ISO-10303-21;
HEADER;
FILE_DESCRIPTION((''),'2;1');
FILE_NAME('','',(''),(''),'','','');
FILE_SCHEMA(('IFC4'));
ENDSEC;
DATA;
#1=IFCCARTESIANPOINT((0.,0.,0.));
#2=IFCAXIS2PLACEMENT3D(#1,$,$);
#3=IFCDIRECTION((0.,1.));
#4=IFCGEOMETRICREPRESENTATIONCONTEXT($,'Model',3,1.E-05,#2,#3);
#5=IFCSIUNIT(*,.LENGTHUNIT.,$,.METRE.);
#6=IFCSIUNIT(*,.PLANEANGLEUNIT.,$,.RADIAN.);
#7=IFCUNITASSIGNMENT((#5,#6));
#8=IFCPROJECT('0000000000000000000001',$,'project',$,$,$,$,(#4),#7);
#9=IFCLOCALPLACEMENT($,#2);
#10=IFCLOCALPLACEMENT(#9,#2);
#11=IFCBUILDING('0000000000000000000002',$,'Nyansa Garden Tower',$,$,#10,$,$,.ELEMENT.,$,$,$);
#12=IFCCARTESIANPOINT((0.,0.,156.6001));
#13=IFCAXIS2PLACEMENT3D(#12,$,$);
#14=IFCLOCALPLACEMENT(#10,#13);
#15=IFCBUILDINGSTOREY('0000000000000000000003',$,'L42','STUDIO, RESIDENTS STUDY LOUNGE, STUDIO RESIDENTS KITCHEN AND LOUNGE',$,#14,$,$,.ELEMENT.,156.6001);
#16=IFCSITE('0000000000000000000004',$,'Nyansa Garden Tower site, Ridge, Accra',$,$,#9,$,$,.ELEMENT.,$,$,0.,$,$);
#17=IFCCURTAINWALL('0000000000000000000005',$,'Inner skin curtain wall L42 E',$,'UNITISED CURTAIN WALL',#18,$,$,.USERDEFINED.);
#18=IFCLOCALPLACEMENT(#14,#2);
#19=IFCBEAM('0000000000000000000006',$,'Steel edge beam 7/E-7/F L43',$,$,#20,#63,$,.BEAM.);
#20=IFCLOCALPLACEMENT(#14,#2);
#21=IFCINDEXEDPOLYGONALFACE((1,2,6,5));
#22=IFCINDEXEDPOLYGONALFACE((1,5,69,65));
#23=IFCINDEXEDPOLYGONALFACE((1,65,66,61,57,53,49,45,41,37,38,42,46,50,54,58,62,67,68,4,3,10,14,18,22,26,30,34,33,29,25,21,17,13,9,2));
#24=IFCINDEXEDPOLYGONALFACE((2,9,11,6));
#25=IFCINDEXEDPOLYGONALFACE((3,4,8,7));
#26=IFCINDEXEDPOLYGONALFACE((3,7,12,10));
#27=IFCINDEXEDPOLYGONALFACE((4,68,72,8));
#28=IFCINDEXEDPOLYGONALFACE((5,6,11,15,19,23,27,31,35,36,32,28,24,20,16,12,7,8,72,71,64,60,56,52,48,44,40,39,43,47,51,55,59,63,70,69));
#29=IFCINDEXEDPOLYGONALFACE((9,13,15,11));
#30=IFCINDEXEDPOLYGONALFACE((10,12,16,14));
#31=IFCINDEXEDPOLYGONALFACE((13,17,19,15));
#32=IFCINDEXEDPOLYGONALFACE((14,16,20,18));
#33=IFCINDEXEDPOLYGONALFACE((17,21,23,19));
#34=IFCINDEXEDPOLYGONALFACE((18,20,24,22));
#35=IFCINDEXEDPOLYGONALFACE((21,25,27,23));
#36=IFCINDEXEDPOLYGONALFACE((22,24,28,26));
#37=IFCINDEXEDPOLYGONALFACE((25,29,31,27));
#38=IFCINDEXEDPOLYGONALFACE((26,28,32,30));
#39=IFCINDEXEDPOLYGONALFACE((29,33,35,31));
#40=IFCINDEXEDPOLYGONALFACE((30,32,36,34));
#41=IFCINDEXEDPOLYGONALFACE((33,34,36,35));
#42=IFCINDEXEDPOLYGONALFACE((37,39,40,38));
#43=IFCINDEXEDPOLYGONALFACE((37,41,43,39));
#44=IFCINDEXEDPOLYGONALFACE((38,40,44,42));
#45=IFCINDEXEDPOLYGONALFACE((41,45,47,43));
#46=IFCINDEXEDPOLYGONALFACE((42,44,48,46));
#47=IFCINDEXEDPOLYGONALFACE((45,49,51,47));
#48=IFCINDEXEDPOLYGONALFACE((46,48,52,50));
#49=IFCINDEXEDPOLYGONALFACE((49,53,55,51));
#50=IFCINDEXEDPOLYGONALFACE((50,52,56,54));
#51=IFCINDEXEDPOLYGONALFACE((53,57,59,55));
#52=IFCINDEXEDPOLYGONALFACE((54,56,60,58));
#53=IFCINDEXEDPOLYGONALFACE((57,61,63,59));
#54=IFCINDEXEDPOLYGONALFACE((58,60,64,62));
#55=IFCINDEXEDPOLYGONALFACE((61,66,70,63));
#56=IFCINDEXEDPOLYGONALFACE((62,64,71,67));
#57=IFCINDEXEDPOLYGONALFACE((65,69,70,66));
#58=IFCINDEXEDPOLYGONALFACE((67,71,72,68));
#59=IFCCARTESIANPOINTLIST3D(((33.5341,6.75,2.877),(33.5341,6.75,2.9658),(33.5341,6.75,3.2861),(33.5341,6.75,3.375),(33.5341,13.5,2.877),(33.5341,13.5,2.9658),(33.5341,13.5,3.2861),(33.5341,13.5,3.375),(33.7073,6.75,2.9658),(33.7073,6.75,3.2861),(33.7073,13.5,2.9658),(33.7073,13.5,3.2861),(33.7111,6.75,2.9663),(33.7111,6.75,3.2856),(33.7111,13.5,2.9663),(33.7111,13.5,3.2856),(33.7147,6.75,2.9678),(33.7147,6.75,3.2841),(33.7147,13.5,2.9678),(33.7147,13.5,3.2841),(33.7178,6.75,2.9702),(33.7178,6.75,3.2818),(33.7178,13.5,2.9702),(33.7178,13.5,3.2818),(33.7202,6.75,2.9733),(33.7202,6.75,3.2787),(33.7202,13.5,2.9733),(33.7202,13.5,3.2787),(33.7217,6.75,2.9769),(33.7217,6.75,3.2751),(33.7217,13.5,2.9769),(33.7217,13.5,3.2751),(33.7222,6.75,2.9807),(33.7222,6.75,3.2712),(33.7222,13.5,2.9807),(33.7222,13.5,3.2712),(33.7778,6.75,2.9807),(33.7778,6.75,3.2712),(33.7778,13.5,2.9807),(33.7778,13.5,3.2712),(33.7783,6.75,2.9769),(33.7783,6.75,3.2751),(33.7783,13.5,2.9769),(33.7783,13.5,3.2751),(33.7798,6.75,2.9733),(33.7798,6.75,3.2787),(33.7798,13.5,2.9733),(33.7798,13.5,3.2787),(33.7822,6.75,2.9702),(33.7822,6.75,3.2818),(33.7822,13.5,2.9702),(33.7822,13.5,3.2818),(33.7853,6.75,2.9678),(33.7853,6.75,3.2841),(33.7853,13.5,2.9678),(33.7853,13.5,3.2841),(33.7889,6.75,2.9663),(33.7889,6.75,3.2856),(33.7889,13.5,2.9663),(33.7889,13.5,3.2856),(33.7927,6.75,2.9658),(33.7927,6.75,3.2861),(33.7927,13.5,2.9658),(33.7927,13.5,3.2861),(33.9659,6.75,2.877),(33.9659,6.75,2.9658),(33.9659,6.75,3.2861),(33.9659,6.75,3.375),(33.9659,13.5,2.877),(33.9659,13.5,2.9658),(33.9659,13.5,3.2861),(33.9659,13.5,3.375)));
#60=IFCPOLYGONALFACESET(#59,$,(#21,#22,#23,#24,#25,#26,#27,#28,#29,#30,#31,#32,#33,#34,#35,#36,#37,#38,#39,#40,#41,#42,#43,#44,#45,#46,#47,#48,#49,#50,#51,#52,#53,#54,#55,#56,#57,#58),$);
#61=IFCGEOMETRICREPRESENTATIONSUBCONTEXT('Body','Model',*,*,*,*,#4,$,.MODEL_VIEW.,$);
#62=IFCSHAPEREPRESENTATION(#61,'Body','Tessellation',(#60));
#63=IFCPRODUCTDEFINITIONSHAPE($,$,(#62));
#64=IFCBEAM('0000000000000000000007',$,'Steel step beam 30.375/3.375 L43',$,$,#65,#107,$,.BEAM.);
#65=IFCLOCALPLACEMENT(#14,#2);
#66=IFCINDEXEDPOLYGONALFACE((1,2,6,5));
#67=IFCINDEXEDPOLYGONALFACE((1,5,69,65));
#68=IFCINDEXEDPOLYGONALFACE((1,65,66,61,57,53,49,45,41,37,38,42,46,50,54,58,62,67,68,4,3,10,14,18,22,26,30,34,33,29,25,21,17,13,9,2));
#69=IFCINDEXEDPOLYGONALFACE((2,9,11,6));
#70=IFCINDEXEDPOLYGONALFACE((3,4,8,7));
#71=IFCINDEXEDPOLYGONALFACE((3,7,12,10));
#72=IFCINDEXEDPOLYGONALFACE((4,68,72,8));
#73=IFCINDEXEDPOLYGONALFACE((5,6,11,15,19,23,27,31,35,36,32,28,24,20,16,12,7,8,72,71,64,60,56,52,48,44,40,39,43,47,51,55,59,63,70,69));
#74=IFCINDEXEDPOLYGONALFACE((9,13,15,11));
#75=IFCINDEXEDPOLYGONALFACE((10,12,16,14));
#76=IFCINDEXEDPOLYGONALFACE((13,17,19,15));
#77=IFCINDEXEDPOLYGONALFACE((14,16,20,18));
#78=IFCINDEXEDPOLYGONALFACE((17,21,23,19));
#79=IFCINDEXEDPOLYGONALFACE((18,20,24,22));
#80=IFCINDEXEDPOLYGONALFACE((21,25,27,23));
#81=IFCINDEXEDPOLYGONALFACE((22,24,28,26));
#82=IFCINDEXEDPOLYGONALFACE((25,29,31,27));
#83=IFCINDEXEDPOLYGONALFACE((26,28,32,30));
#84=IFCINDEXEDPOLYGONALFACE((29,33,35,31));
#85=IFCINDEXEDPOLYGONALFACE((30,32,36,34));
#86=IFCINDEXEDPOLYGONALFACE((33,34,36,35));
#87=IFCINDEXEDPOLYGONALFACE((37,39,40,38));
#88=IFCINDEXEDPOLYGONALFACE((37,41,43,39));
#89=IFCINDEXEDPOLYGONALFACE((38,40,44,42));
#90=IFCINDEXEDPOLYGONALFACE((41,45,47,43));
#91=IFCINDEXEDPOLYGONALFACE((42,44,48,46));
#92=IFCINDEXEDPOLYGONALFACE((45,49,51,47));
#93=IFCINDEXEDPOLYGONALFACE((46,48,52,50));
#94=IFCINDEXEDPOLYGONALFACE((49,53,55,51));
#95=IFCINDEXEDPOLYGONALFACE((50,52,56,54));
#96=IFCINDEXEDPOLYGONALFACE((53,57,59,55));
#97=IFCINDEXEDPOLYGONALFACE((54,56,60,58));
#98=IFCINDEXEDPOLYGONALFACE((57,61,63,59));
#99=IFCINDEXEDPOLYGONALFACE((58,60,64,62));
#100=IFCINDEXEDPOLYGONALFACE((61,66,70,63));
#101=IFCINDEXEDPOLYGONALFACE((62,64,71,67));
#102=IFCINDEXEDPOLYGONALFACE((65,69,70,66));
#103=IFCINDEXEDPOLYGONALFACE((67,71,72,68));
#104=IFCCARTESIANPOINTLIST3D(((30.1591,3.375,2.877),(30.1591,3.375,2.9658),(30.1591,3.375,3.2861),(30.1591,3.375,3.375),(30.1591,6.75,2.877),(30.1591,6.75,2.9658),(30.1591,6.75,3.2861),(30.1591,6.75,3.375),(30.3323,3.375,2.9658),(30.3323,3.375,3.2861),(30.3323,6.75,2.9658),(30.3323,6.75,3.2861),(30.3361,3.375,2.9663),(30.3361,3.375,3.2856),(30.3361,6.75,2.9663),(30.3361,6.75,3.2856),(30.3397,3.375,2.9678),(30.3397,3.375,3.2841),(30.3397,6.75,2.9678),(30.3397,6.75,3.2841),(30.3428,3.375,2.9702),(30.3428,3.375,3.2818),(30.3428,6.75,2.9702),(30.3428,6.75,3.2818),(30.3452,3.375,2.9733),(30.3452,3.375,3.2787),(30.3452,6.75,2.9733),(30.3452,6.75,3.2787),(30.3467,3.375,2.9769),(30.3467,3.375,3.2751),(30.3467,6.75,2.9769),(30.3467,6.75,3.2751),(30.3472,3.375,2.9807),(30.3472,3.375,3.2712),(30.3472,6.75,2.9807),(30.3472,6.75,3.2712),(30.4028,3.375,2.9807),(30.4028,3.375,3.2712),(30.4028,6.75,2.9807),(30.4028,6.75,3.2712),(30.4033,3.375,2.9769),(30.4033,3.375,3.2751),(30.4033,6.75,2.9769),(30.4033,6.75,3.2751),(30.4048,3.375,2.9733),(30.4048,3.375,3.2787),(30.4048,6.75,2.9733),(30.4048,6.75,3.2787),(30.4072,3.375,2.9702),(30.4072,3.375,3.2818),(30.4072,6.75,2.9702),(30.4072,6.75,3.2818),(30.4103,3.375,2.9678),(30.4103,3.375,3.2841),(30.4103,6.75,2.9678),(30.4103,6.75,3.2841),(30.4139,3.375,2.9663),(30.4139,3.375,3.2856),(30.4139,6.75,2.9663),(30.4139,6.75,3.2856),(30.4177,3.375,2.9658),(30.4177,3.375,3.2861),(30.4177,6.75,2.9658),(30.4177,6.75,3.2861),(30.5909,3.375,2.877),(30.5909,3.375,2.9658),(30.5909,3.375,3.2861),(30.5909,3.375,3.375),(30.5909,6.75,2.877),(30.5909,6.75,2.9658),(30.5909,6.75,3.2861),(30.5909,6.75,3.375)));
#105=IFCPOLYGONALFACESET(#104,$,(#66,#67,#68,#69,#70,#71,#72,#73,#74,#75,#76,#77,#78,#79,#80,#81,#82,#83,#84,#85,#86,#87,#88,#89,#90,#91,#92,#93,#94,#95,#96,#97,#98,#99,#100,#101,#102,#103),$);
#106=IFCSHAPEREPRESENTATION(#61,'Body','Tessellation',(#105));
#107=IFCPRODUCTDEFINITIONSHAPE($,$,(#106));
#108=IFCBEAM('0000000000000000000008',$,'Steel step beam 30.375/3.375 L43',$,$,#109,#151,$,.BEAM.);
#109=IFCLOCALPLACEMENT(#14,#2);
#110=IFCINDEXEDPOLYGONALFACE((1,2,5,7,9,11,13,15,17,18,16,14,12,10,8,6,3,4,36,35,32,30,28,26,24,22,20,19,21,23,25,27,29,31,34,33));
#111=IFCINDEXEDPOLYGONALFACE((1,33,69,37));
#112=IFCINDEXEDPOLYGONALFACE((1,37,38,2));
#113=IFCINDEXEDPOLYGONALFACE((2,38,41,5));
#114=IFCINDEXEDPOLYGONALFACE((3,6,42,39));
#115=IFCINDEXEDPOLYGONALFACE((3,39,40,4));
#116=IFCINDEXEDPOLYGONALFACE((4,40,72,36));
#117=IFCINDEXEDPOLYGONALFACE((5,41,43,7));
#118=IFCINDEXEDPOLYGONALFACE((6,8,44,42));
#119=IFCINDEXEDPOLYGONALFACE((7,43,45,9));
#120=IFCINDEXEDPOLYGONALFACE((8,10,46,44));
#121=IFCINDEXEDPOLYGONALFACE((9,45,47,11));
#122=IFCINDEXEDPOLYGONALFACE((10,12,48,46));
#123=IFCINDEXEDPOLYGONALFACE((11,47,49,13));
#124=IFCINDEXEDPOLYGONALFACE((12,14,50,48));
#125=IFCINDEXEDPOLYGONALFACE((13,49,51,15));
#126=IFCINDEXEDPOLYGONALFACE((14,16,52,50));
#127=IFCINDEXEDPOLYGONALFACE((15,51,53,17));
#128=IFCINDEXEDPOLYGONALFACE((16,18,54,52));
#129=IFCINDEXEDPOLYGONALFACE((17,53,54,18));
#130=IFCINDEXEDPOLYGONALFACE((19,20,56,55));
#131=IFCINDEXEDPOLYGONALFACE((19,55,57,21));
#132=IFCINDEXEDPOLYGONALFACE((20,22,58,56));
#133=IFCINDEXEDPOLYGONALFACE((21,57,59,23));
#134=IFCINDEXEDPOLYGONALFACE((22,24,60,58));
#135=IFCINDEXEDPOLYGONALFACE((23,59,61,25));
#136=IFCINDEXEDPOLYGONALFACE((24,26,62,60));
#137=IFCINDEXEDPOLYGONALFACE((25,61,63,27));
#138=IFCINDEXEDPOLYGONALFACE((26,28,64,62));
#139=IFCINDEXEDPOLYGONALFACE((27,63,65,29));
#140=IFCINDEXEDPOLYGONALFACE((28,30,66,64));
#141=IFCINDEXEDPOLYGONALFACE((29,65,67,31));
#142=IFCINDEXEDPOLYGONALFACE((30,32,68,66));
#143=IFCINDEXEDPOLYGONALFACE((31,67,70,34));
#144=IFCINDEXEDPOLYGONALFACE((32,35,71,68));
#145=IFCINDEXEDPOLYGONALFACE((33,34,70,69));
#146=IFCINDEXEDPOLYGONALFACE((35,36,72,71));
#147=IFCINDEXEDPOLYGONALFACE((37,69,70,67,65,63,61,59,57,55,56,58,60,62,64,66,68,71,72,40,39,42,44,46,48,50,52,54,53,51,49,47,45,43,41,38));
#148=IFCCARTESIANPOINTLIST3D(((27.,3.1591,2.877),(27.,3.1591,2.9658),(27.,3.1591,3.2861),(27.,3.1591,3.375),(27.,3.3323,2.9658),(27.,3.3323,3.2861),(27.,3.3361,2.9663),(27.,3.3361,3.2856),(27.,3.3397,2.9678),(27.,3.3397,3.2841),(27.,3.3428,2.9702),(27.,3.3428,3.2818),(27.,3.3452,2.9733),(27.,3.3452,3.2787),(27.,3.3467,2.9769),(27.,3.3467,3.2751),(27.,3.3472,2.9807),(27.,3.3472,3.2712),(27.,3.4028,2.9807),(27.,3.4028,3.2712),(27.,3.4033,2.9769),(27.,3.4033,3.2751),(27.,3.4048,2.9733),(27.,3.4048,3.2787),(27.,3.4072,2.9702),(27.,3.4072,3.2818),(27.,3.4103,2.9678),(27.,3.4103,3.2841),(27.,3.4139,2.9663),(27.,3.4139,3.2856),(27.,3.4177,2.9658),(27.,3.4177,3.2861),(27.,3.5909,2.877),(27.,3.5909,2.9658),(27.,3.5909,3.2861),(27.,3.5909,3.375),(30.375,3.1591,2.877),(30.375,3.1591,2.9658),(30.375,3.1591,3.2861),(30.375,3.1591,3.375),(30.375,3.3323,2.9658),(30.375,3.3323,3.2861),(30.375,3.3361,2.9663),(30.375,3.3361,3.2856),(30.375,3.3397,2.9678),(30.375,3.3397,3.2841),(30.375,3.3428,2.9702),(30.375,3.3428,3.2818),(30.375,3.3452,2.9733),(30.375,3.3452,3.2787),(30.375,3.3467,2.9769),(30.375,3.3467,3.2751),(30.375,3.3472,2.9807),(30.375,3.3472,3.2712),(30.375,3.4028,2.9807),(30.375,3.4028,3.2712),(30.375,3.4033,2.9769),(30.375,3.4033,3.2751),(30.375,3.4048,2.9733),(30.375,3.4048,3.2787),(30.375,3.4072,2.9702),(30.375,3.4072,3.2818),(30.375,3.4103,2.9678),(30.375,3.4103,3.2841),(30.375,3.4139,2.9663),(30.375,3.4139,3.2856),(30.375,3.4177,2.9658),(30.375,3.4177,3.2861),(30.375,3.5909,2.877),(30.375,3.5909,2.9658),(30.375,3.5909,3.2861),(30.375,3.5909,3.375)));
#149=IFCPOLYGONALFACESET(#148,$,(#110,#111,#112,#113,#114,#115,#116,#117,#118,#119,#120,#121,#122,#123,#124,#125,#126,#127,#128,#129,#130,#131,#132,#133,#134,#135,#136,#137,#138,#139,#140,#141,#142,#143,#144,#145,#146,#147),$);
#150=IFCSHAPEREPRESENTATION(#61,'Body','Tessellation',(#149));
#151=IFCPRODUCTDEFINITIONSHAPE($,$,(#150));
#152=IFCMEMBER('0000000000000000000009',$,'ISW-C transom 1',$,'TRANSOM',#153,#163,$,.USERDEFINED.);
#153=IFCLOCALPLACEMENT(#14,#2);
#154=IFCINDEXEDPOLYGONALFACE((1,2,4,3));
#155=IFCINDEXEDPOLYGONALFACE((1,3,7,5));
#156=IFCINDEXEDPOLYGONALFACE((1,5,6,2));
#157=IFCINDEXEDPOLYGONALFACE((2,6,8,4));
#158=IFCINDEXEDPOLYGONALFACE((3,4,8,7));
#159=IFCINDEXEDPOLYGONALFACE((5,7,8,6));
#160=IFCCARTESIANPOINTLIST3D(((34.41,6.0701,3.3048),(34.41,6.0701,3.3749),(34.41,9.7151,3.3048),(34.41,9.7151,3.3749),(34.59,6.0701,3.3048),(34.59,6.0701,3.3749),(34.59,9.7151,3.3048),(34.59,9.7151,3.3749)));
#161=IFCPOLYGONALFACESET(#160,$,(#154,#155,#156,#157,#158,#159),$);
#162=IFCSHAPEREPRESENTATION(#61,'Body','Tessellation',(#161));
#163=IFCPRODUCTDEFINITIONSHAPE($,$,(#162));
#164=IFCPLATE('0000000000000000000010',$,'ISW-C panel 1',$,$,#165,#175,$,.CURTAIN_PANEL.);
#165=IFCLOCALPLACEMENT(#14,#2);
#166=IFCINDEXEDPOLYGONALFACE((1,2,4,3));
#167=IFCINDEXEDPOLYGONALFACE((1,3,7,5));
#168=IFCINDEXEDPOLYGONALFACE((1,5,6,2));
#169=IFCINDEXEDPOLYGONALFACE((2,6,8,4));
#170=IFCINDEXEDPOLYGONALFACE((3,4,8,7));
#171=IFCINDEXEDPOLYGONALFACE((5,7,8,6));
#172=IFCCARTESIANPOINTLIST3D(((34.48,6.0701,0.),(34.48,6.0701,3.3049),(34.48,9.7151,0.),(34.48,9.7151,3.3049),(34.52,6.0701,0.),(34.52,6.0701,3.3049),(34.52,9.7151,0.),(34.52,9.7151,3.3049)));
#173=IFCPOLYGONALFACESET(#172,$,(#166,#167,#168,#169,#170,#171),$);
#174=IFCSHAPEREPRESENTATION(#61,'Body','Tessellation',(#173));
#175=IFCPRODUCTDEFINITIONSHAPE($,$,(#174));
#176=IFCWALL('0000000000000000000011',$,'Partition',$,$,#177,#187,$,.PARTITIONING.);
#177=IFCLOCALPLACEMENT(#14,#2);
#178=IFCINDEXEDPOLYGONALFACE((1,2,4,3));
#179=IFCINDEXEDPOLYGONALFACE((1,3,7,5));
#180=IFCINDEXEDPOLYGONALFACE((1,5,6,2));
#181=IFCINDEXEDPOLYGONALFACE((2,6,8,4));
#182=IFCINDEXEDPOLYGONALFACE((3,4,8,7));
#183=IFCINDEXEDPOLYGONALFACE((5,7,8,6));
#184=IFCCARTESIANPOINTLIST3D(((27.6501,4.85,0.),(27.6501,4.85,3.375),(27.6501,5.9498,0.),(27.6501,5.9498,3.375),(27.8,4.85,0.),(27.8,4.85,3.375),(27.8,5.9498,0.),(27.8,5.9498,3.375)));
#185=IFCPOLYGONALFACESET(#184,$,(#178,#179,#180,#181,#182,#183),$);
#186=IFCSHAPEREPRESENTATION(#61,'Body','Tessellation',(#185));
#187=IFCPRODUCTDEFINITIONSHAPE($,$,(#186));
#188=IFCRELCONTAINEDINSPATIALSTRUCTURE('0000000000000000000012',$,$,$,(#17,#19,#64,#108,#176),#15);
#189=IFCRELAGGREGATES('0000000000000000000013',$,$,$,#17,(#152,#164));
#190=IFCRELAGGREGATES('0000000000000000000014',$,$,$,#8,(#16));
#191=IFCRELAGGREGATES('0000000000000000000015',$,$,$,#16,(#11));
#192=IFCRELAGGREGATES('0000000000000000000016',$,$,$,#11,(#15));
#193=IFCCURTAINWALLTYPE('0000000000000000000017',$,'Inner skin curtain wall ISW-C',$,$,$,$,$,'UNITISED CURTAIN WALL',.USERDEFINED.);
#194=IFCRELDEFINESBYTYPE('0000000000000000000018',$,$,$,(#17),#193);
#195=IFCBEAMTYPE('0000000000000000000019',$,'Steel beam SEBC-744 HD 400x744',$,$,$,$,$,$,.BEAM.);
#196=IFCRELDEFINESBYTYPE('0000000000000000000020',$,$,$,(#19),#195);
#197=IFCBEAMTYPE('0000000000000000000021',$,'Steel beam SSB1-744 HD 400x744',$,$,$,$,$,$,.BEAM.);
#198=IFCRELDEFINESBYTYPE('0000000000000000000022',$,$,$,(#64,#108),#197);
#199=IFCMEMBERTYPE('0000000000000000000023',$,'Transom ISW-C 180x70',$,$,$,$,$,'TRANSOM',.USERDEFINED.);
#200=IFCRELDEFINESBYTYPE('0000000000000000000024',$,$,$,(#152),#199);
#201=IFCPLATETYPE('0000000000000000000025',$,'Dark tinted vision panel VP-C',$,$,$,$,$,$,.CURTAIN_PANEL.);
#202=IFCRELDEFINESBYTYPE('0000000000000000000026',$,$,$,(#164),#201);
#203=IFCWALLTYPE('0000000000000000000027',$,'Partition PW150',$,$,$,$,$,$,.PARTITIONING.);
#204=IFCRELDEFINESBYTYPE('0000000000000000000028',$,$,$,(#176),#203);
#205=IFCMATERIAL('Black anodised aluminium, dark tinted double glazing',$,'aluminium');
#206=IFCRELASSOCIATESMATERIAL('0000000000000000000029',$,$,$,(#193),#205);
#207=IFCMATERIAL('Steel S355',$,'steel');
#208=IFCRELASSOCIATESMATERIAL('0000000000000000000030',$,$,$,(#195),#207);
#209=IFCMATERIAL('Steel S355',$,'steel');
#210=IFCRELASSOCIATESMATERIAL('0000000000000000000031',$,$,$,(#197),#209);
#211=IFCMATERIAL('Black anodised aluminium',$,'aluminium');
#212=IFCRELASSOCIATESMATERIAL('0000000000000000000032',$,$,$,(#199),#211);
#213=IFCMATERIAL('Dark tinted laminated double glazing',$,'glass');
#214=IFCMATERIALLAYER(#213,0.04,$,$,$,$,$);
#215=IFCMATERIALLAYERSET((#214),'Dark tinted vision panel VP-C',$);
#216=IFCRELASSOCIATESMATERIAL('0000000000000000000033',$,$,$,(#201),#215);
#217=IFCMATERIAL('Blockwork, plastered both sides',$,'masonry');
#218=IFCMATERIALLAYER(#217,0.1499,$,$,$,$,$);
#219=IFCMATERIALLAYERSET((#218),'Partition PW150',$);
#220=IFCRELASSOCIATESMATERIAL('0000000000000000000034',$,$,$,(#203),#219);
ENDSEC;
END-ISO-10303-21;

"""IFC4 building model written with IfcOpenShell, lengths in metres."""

from ifc_helpers import new_model, si_unit, direction, frame, frame_2d, origin, origin_2d, place, context, subcontext, project, spatial, rectangle, i_section, extrude, material, layer, layer_set, material_profile, profile_set, type_object, element, aggregate, save


model = new_model("IFC4")

# Units and contexts
model_context = context("Model", 3, precision=1e-05, world=origin(), true_north=direction((0.0, 1.0)))
body_context = subcontext(model_context, "Body", "Model", "MODEL_VIEW")
ifc_project = project(units=[si_unit("LENGTHUNIT", "METRE"), si_unit("PLANEANGLEUNIT", "RADIAN")], contexts=[model_context])

# Site, building, storey
site_placement = place(None, origin())
site = spatial("IfcSite", under=ifc_project, at=site_placement, Name="Nyansa Garden Tower site, Ridge, Accra", CompositionType="ELEMENT", RefElevation=0.0)
building_placement = place(site_placement, origin())
building = spatial("IfcBuilding", under=site, at=building_placement, Name="Nyansa Garden Tower", CompositionType="ELEMENT")
storey_placement = place(building_placement, frame((0.0, 0.0, 156.6001)))
storey = spatial("IfcBuildingStorey", under=building, at=storey_placement, Name="L42", Description="STUDIO, RESIDENTS STUDY LOUNGE, STUDIO RESIDENTS KITCHEN AND LOUNGE", CompositionType="ELEMENT", Elevation=156.6001)

# Curtain wall
ifc_material_1 = material(Name="Black anodised aluminium, dark tinted double glazing", Category="aluminium")
curtain_wall_type = type_object("IfcCurtainWallType", Name="Inner skin curtain wall ISW-C", ElementType="UNITISED CURTAIN WALL", PredefinedType="USERDEFINED", material=ifc_material_1)
curtain_wall_1_placement = place(storey_placement, origin())
curtain_wall_1 = element("IfcCurtainWall", 1, at=curtain_wall_1_placement, inside=storey, type_object=curtain_wall_type, Name="Inner skin curtain wall L42 E", ObjectType="UNITISED CURTAIN WALL", PredefinedType="USERDEFINED")

# Beams
ifc_material_2 = material(Name="Steel S355", Category="steel")
ifc_material_profile_1 = material_profile(ifc_material_2, i_section(OverallWidth=0.4319, OverallDepth=0.498, WebThickness=0.0557, FlangeThickness=0.0889, FilletRadius=0.0149, at=origin_2d()), Name="HD 400x744")
ifc_profile_set_1 = profile_set([ifc_material_profile_1], Name="Steel S355")
beam_type_1 = type_object("IfcBeamType", Name="Steel beam SEBC-744 HD 400x744", PredefinedType="BEAM", material=ifc_profile_set_1)
beam_1_placement = place(storey_placement, frame((33.75, 6.75, 3.126), z_axis=(0.0, 1.0, 0.0), x_axis=(-1.0, 0.0, 0.0)))
element("IfcBeam", 2, at=beam_1_placement, inside=storey, type_object=beam_type_1, Name="Steel edge beam 7/E-7/F L43", PredefinedType="BEAM", context=body_context, shape_type="SweptSolid", body=[
    extrude(i_section(OverallWidth=0.4319, OverallDepth=0.498, WebThickness=0.0557, FlangeThickness=0.0889, FilletRadius=0.0149, at=origin_2d()), origin(), (0.0, 0.0, 1.0), 6.75),
])
ifc_material_3 = material(Name="Steel S355", Category="steel")
ifc_material_profile_2 = material_profile(ifc_material_3, i_section(OverallWidth=0.4319, OverallDepth=0.498, WebThickness=0.0557, FlangeThickness=0.0889, FilletRadius=0.0149, at=origin_2d()), Name="HD 400x744")
ifc_profile_set_2 = profile_set([ifc_material_profile_2], Name="Steel S355")
beam_type_2 = type_object("IfcBeamType", Name="Steel beam SSB1-744 HD 400x744", PredefinedType="BEAM", material=ifc_profile_set_2)
for number, where, z_axis, x_axis, name in (
    (3, (30.375, 3.375, 3.126), (0.0, 1.0, 0.0), (-1.0, 0.0, 0.0), "Steel step beam 30.375/3.375 L43"),
    (4, (30.375, 3.375, 3.126), (-1.0, 0.0, 0.0), (0.0, -1.0, 0.0), "Steel step beam 30.375/3.375 L43"),
):
    element("IfcBeam", number, at=place(storey_placement, frame(where, z_axis=z_axis, x_axis=x_axis)), inside=storey, type_object=beam_type_2, Name=name, PredefinedType="BEAM", context=body_context, shape_type="SweptSolid", body=[
        extrude(i_section(OverallWidth=0.4319, OverallDepth=0.498, WebThickness=0.0557, FlangeThickness=0.0889, FilletRadius=0.0149, at=origin_2d()), origin(), (0.0, 0.0, 1.0), 3.375),
    ])

# Member
ifc_material_4 = material(Name="Black anodised aluminium", Category="aluminium")
ifc_material_profile_3 = material_profile(ifc_material_4, rectangle(XDim=0.1799, YDim=0.0701, at=origin_2d()), Name="Transom 180x70")
ifc_profile_set_3 = profile_set([ifc_material_profile_3], Name="Black anodised aluminium")
member_type_1 = type_object("IfcMemberType", Name="Transom ISW-C 180x70", ElementType="TRANSOM", PredefinedType="USERDEFINED", material=ifc_profile_set_3)
member_1_placement = place(storey_placement, frame((34.5, 6.0701, 3.3398), z_axis=(0.0, 1.0, 0.0), x_axis=(-1.0, 0.0, 0.0)))
member_1 = element("IfcMember", 5, at=member_1_placement, type_object=member_type_1, Name="ISW-C transom 1", ObjectType="TRANSOM", PredefinedType="USERDEFINED", context=body_context, shape_type="SweptSolid", body=[
    extrude(rectangle(XDim=0.1799, YDim=0.0701, at=origin_2d()), origin(), (0.0, 0.0, 1.0), 3.645),
])

# Plate
ifc_material_5 = material(Name="Dark tinted laminated double glazing", Category="glass")
ifc_layer_1 = layer(ifc_material_5, 0.04)
ifc_layer_set_1 = layer_set([ifc_layer_1], Name="Dark tinted vision panel VP-C")
plate_type = type_object("IfcPlateType", Name="Dark tinted vision panel VP-C", PredefinedType="CURTAIN_PANEL", material=ifc_layer_set_1)
plate_placement = place(storey_placement, frame((34.5, 7.8926, 0.0), z_axis=(0.0, 0.0, 1.0), x_axis=(0.0, 1.0, 0.0)))
plate = element("IfcPlate", 6, at=plate_placement, type_object=plate_type, Name="ISW-C panel 1", PredefinedType="CURTAIN_PANEL", context=body_context, shape_type="SweptSolid", body=[
    extrude(rectangle(XDim=3.645, YDim=0.04, at=origin_2d()), origin(), (0.0, 0.0, 1.0), 3.3049),
])
aggregate(curtain_wall_1, [member_1, plate])

# Wall
ifc_material_6 = material(Name="Blockwork, plastered both sides", Category="masonry")
ifc_layer_2 = layer(ifc_material_6, 0.1499)
ifc_layer_set_2 = layer_set([ifc_layer_2], Name="Partition PW150")
wall_type_1 = type_object("IfcWallType", Name="Partition PW150", PredefinedType="PARTITIONING", material=ifc_layer_set_2)
wall_1_placement = place(storey_placement, frame((27.7251, 4.8501, 0.0), z_axis=(0.0, 0.0, 1.0), x_axis=(0.0, 1.0, 0.0)))
element("IfcWall", 7, at=wall_1_placement, inside=storey, type_object=wall_type_1, Name="Partition", PredefinedType="PARTITIONING", context=body_context, shape_type="SweptSolid", body=[
    extrude(rectangle(XDim=1.0999, YDim=0.1499, at=frame_2d((0.5498, 0.0))), origin(), (0.0, 0.0, 1.0), 3.375),
])

save(model, "model.ifc")
